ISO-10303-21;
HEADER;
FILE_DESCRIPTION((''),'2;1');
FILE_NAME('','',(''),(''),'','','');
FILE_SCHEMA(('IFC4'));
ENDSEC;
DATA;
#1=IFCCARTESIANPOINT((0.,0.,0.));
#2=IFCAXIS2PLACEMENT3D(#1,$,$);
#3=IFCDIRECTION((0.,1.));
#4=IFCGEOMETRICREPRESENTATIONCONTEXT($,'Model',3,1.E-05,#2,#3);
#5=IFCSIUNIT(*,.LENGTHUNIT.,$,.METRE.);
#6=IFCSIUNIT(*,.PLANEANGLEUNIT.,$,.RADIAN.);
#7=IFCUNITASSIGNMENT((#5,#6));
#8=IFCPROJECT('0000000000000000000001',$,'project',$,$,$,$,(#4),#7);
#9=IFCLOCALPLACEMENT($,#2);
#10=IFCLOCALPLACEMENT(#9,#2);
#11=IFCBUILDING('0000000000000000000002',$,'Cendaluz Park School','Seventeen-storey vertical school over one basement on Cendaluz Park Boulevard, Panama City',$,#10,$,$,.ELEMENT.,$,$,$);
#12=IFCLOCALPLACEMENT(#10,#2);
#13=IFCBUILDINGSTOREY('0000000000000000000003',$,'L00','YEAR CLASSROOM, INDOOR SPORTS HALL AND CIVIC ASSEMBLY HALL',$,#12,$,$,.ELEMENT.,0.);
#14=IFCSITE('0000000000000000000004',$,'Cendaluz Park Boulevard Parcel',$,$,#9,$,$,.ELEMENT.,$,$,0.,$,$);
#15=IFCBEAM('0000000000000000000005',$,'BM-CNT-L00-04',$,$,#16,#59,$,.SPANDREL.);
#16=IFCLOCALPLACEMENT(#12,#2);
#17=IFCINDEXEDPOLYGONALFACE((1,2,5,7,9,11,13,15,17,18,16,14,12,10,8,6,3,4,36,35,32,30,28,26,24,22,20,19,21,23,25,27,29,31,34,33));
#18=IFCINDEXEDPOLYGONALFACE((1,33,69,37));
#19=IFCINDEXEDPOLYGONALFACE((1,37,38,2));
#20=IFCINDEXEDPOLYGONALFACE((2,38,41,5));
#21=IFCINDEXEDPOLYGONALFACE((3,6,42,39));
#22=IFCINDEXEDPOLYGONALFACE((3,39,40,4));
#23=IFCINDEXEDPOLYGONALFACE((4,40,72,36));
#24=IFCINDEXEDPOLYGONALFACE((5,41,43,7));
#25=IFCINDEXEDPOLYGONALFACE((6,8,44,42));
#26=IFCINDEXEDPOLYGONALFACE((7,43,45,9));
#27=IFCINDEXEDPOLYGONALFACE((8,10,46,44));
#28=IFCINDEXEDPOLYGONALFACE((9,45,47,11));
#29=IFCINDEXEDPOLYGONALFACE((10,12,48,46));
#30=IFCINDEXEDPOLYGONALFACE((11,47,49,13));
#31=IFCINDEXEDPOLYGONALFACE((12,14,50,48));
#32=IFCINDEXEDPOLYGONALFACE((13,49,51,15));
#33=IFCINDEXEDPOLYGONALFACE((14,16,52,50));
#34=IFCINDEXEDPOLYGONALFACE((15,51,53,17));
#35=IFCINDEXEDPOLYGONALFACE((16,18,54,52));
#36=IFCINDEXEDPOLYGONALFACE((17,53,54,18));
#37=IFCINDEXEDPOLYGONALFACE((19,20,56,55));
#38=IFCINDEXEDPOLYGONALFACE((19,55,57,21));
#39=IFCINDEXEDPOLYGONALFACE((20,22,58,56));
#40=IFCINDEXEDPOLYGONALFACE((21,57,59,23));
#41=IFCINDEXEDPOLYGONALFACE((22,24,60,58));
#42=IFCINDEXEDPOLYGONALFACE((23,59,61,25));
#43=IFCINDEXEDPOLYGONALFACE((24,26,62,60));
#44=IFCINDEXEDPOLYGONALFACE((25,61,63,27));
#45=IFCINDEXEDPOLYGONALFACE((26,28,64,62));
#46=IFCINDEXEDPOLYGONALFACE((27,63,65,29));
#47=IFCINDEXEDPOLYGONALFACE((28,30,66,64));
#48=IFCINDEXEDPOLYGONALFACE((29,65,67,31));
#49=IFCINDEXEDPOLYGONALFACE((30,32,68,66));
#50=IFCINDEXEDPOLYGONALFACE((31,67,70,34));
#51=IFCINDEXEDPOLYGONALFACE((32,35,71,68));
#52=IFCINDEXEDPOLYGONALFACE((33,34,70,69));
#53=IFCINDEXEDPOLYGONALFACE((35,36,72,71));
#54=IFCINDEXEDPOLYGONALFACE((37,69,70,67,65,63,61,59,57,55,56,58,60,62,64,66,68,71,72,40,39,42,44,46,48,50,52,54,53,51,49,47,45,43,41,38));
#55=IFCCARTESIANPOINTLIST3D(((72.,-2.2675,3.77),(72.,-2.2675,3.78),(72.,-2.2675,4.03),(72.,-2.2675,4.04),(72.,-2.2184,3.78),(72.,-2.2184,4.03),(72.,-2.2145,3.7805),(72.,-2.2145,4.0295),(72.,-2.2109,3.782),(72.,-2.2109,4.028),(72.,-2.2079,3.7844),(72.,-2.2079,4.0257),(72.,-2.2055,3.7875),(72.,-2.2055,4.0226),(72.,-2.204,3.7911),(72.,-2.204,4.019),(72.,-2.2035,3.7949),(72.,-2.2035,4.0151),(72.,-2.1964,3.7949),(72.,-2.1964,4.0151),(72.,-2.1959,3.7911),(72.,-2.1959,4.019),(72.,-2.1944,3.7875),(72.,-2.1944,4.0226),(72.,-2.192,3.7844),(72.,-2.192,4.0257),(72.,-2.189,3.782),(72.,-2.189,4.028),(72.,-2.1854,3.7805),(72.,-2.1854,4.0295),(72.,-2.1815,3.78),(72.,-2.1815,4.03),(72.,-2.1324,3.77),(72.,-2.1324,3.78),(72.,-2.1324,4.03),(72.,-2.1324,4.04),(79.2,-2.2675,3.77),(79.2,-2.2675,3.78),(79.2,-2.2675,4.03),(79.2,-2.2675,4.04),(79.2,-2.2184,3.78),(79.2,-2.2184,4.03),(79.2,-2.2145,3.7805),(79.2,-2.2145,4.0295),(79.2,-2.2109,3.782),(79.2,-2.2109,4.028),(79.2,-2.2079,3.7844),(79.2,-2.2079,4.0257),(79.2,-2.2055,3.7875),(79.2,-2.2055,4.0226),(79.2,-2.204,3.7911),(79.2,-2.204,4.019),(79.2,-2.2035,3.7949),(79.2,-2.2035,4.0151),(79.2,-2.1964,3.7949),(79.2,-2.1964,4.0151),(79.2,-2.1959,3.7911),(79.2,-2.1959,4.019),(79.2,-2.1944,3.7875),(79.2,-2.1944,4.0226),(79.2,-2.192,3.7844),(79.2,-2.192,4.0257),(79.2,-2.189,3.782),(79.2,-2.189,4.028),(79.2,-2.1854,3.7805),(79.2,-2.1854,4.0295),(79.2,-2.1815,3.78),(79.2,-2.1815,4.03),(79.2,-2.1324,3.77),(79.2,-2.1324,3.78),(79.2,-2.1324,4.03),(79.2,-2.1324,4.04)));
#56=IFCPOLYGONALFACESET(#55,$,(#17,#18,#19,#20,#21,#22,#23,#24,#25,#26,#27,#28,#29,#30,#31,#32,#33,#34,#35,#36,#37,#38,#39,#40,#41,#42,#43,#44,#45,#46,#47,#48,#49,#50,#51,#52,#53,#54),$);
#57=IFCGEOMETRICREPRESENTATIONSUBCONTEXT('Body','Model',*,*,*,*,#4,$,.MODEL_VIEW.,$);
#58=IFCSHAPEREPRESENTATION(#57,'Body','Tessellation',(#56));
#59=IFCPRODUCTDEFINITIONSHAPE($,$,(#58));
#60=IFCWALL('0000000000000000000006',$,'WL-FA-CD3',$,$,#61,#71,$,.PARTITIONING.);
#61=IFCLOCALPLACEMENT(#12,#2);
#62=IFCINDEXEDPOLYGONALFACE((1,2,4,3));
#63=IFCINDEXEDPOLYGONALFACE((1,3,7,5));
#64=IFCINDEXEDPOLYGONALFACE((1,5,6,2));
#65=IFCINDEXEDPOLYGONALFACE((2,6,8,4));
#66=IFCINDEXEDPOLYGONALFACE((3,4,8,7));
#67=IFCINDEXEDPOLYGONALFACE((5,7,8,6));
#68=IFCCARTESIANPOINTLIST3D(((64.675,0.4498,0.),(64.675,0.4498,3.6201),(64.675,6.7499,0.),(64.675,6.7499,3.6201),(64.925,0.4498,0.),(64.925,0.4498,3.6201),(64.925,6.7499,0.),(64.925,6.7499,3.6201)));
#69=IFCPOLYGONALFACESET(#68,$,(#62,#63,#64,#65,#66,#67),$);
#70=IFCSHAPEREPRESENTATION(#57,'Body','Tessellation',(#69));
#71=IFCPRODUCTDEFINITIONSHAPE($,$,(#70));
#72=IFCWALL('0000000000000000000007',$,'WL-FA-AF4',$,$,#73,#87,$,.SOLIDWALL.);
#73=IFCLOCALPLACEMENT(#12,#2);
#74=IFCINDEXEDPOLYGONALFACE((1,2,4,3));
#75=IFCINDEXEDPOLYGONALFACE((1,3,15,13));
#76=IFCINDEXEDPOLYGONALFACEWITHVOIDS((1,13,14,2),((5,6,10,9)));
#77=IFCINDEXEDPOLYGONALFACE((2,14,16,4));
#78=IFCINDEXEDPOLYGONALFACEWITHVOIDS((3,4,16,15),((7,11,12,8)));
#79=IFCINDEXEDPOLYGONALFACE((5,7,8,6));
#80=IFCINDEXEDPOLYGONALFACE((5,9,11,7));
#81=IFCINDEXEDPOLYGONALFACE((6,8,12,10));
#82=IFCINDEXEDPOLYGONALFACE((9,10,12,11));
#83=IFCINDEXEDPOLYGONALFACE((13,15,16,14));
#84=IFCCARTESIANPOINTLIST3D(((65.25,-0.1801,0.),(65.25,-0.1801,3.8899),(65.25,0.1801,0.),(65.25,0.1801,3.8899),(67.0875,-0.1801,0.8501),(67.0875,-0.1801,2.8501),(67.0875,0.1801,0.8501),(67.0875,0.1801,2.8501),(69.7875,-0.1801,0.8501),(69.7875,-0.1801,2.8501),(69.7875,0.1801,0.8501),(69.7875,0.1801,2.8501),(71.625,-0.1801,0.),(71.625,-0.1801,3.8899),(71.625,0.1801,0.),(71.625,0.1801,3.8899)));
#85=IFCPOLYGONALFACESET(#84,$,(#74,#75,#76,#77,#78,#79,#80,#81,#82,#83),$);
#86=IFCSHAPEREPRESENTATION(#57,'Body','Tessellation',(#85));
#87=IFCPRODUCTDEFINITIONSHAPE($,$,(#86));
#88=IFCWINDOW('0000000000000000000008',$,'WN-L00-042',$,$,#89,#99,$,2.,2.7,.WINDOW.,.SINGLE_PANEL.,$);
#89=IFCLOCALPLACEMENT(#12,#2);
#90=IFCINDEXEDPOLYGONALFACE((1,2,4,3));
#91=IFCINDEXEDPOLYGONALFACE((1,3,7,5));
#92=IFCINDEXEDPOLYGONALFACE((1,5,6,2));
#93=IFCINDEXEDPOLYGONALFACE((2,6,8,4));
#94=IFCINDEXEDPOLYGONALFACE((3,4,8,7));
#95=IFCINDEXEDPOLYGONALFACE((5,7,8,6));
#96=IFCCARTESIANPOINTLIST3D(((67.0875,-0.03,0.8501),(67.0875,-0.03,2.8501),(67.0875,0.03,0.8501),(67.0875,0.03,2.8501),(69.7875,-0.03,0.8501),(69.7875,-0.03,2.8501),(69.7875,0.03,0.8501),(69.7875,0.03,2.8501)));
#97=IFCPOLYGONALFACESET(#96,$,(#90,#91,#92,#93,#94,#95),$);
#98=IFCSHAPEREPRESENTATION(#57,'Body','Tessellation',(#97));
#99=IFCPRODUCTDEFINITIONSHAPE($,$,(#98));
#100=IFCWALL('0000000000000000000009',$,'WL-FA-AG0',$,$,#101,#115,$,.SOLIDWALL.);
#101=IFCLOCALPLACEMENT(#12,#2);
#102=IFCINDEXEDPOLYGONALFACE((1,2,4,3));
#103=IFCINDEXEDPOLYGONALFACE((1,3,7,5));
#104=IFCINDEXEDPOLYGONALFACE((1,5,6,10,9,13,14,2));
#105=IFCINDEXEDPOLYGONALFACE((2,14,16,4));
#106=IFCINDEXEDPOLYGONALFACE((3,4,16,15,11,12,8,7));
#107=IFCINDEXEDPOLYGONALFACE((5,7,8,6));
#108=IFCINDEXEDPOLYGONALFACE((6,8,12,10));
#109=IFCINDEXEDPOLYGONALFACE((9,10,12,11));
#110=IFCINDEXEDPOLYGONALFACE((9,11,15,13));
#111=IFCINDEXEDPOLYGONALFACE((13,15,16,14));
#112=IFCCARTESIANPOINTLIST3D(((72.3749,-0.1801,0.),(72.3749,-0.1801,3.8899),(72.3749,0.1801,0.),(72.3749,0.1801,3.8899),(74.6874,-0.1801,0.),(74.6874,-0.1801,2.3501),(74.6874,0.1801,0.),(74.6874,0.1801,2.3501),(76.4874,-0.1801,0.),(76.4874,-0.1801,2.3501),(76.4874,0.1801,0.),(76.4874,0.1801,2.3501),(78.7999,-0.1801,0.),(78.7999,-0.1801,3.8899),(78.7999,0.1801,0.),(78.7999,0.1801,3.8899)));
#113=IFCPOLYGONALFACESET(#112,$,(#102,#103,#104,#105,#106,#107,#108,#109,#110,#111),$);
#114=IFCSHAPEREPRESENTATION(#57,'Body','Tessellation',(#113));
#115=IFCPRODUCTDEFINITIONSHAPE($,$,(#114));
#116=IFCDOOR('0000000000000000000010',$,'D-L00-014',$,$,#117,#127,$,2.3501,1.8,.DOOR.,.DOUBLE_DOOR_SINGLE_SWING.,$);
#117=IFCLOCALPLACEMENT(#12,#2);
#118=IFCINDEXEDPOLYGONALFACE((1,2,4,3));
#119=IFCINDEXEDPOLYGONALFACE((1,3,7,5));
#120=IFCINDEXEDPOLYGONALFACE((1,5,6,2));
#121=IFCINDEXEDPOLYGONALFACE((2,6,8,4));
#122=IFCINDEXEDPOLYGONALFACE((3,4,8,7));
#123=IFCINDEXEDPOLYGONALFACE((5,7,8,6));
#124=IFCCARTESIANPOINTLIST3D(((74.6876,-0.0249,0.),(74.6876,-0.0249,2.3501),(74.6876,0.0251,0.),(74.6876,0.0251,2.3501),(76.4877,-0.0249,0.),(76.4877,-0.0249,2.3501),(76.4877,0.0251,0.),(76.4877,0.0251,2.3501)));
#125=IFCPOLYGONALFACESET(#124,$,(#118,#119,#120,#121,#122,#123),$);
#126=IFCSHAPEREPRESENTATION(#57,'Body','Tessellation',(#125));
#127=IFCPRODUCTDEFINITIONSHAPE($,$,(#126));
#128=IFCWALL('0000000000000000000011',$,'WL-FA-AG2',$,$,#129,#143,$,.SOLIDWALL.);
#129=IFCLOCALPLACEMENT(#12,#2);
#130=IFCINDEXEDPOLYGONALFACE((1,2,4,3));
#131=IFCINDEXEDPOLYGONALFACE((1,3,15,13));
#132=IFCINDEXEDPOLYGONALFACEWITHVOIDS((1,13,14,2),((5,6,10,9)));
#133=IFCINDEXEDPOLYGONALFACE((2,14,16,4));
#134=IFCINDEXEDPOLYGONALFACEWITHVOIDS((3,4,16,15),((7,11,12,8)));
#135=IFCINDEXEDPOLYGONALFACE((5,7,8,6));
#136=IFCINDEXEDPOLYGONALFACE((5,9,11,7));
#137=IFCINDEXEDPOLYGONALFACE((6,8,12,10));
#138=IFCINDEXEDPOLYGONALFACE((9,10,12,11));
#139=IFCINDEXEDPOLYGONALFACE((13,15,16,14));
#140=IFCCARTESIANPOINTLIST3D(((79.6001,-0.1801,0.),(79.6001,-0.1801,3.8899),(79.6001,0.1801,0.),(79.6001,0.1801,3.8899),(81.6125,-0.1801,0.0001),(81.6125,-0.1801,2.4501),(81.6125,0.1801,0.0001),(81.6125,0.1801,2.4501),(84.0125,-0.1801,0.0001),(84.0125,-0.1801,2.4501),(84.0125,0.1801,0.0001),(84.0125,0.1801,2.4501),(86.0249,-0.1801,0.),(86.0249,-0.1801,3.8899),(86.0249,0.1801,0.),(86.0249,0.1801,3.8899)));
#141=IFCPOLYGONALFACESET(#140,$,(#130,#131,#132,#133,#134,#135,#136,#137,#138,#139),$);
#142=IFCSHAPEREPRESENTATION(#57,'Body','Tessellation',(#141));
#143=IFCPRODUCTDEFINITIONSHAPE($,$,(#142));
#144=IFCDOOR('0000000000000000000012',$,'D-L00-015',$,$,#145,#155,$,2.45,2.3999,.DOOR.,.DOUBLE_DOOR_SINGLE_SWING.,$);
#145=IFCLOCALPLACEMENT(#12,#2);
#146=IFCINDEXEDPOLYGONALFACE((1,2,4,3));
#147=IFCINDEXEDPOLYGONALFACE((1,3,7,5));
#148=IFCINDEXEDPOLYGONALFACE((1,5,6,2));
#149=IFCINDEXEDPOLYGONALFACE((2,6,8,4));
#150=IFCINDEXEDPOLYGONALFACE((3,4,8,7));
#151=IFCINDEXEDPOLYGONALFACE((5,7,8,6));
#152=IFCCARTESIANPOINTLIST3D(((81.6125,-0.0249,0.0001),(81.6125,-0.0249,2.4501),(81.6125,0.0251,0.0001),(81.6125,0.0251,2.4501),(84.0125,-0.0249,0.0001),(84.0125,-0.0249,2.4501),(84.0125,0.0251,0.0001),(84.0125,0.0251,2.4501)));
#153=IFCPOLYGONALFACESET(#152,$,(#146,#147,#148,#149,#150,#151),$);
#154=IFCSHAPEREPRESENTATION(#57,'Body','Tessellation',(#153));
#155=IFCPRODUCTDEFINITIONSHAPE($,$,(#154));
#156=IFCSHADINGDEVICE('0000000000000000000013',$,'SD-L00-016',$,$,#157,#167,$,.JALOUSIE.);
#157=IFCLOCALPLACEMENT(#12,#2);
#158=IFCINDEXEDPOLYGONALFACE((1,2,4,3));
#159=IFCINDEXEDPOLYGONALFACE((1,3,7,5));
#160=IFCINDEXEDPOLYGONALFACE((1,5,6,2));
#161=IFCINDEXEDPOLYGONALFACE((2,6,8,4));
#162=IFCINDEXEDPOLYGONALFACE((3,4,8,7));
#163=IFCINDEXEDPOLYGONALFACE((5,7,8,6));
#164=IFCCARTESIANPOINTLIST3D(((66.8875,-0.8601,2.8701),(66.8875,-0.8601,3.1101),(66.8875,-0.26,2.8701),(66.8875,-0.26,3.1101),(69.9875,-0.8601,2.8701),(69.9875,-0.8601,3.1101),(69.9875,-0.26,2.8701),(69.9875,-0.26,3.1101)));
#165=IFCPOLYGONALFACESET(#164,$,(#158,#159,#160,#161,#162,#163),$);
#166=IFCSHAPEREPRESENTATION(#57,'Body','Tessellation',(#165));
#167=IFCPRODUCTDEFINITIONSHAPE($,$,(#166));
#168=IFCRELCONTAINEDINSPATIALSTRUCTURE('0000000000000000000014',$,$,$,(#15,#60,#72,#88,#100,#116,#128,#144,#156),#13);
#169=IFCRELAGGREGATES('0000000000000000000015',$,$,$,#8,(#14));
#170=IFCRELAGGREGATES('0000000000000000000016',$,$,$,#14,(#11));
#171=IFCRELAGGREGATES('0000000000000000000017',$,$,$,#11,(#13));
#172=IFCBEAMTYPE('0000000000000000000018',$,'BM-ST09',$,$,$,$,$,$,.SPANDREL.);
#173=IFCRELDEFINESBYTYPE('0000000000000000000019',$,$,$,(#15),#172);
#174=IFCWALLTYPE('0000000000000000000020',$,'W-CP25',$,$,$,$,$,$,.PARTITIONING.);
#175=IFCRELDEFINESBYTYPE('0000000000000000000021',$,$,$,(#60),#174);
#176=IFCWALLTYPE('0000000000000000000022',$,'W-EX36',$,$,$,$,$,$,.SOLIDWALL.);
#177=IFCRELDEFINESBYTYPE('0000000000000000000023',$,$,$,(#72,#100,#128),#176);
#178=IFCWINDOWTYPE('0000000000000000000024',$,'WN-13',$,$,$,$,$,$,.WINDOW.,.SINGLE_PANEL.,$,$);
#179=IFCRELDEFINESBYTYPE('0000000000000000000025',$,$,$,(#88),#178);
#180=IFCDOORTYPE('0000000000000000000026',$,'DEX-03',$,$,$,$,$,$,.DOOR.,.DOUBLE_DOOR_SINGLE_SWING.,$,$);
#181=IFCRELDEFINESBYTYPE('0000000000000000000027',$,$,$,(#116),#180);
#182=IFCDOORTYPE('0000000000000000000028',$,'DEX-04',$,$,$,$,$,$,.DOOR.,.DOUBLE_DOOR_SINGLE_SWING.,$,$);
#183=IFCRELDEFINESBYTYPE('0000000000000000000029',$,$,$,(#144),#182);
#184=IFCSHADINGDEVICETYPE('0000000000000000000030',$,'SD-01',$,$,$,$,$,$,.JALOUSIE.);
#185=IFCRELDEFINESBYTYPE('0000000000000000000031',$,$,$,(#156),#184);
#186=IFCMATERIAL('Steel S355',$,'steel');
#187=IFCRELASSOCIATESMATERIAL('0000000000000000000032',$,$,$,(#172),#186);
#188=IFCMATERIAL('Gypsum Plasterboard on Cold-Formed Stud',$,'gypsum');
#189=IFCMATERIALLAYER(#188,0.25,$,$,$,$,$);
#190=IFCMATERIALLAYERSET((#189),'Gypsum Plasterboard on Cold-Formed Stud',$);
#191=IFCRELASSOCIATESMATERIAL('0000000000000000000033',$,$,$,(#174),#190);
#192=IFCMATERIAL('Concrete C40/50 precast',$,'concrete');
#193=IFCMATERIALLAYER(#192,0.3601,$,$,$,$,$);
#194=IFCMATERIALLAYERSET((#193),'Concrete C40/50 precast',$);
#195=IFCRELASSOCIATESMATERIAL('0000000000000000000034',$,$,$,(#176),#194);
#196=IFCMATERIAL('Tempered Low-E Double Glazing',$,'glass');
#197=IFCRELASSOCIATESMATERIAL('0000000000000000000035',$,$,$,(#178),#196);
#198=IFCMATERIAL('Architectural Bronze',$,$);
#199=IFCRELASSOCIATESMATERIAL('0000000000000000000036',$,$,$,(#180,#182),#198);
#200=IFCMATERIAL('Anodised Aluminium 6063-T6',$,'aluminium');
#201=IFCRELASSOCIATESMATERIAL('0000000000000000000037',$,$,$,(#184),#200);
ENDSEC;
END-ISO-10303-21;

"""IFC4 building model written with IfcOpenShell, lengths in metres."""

from ifc_helpers import new_model, si_unit, direction, frame, frame_2d, origin, origin_2d, place, context, subcontext, project, spatial, rectangle, i_section, extrude, material, layer, layer_set, material_profile, profile_set, type_object, element, fill, save


model = new_model("IFC4")

# Units and contexts
model_context = context("Model", 3, precision=1e-05, world=origin(), true_north=direction((0.0, 1.0)))
body_context = subcontext(model_context, "Body", "Model", "MODEL_VIEW")
ifc_project = project(units=[si_unit("LENGTHUNIT", "METRE"), si_unit("PLANEANGLEUNIT", "RADIAN")], contexts=[model_context])

# Site, building, storey
site_placement = place(None, origin())
site = spatial("IfcSite", under=ifc_project, at=site_placement, Name="Cendaluz Park Boulevard Parcel", CompositionType="ELEMENT", RefElevation=0.0)
building_placement = place(site_placement, origin())
building = spatial("IfcBuilding", under=site, at=building_placement, Name="Cendaluz Park School", Description="Seventeen-storey vertical school over one basement on Cendaluz Park Boulevard, Panama City", CompositionType="ELEMENT")
storey_placement = place(building_placement, origin())
storey = spatial("IfcBuildingStorey", under=building, at=storey_placement, Name="L00", Description="YEAR CLASSROOM, INDOOR SPORTS HALL AND CIVIC ASSEMBLY HALL", CompositionType="ELEMENT", Elevation=0.0)

# Beam
ifc_material_1 = material(Name="Steel S355", Category="steel")
ifc_material_profile_1 = material_profile(ifc_material_1, i_section(OverallWidth=0.135, OverallDepth=0.27, WebThickness=0.0071, FlangeThickness=0.01, FilletRadius=0.0149, at=origin_2d()), Name="IPE 270", Category="steel")
ifc_profile_set_1 = profile_set([ifc_material_profile_1], Name="Steel S355")
beam_type_1 = type_object("IfcBeamType", Name="BM-ST09", PredefinedType="SPANDREL", material=ifc_profile_set_1)
for number, where, z_axis, x_axis, name in (
    (1, (72.0, -2.2, 3.905), (1.0, 0.0, 0.0), (0.0, 1.0, 0.0), "BM-CNT-L00-04"),
):
    element("IfcBeam", number, at=place(storey_placement, frame(where, z_axis=z_axis, x_axis=x_axis)), inside=storey, type_object=beam_type_1, Name=name, PredefinedType="SPANDREL", context=body_context, shape_type="SweptSolid", body=[
        extrude(i_section(OverallWidth=0.135, OverallDepth=0.27, WebThickness=0.0071, FlangeThickness=0.01, FilletRadius=0.0149, at=origin_2d()), origin(), (0.0, 0.0, 1.0), 7.2),
    ])

# Wall
ifc_material_2 = material(Name="Gypsum Plasterboard on Cold-Formed Stud", Category="gypsum")
ifc_layer_1 = layer(ifc_material_2, 0.25)
ifc_layer_set_1 = layer_set([ifc_layer_1], Name="Gypsum Plasterboard on Cold-Formed Stud")
wall_type_1 = type_object("IfcWallType", Name="W-CP25", PredefinedType="PARTITIONING", material=ifc_layer_set_1)
wall_1_placement = place(storey_placement, frame((64.8, 0.45, 0.0), z_axis=(0.0, 0.0, 1.0), x_axis=(0.0, 1.0, 0.0)))
element("IfcWall", 2, at=wall_1_placement, inside=storey, type_object=wall_type_1, Name="WL-FA-CD3", PredefinedType="PARTITIONING", context=body_context, shape_type="SweptSolid", body=[
    extrude(rectangle(XDim=6.3, YDim=0.25, at=frame_2d((3.1499, 0.0))), origin(), (0.0, 0.0, 1.0), 3.6201),
])

# Wall, opening, window
ifc_material_3 = material(Name="Concrete C40/50 precast", Category="concrete")
ifc_layer_2 = layer(ifc_material_3, 0.3601)
ifc_layer_set_2 = layer_set([ifc_layer_2], Name="Concrete C40/50 precast")
wall_type_2 = type_object("IfcWallType", Name="W-EX36", PredefinedType="SOLIDWALL", material=ifc_layer_set_2)
wall_2_placement = place(storey_placement, frame((65.25, 0.0, 0.0), z_axis=(0.0, 0.0, 1.0), x_axis=(1.0, 0.0, 0.0)))
wall_2 = element("IfcWall", 3, at=wall_2_placement, inside=storey, type_object=wall_type_2, Name="WL-FA-AF4", PredefinedType="SOLIDWALL", context=body_context, shape_type="SweptSolid", body=[
    extrude(rectangle(XDim=6.375, YDim=0.3601, at=frame_2d((3.1875, 0.0))), origin(), (0.0, 0.0, 1.0), 3.8899),
])
opening_1_placement = place(wall_2_placement, frame((1.8374, 0.0, 0.8501)))
opening_1 = element("IfcOpeningElement", 4, at=opening_1_placement, cuts=wall_2, PredefinedType="OPENING", context=body_context, shape_type="SweptSolid", body=[
    extrude(rectangle(XDim=2.7, YDim=2.0, at=frame_2d((1.3501, 1.0))), frame((0.0, 0.1921, 0.0), z_axis=(0.0, -1.0, 0.0), x_axis=(1.0, 0.0, 0.0)), (0.0, 0.0, 1.0), 0.384),
])
ifc_material_4 = material(Name="Tempered Low-E Double Glazing", Category="glass")
window_type = type_object("IfcWindowType", Name="WN-13", PartitioningType="SINGLE_PANEL", PredefinedType="WINDOW", material=ifc_material_4)
window_placement = place(opening_1_placement, origin())
window = element("IfcWindow", 5, at=window_placement, inside=storey, type_object=window_type, Name="WN-L00-042", OverallHeight=2.0, OverallWidth=2.7, PartitioningType="SINGLE_PANEL", PredefinedType="WINDOW", context=body_context, shape_type="SweptSolid", body=[
    extrude(rectangle(XDim=2.7, YDim=2.0, at=frame_2d((1.3501, 1.0))), frame((0.0, 0.03, 0.0), z_axis=(0.0, -1.0, 0.0), x_axis=(1.0, 0.0, 0.0)), (0.0, 0.0, 1.0), 0.0601),
])
fill(opening_1, window)

# Walls, openings, doors
wall_3_placement = place(storey_placement, frame((72.375, 0.0, 0.0), z_axis=(0.0, 0.0, 1.0), x_axis=(1.0, 0.0, 0.0)))
wall_3 = element("IfcWall", 6, at=wall_3_placement, inside=storey, type_object=wall_type_2, Name="WL-FA-AG0", PredefinedType="SOLIDWALL", context=body_context, shape_type="SweptSolid", body=[
    extrude(rectangle(XDim=6.425, YDim=0.3601, at=frame_2d((3.2124, 0.0))), origin(), (0.0, 0.0, 1.0), 3.8899),
])
opening_2_placement = place(wall_3_placement, frame((2.3125, 0.0, 0.0)))
opening_2 = element("IfcOpeningElement", 7, at=opening_2_placement, cuts=wall_3, PredefinedType="OPENING", context=body_context, shape_type="SweptSolid", body=[
    extrude(rectangle(XDim=1.8, YDim=2.3501, at=frame_2d((0.8999, 1.175))), frame((0.0, 0.1921, 0.0), z_axis=(0.0, -1.0, 0.0), x_axis=(1.0, 0.0, 0.0)), (0.0, 0.0, 1.0), 0.384),
])
ifc_material_5 = material(Name="Architectural Bronze")
door_type_1 = type_object("IfcDoorType", Name="DEX-03", OperationType="DOUBLE_DOOR_SINGLE_SWING", PredefinedType="DOOR", material=ifc_material_5)
door_1_placement = place(opening_2_placement, frame((1.8, 0.0, 0.0), z_axis=(0.0, 0.0, 1.0), x_axis=(-1.0, 0.0, 0.0)))
door_1 = element("IfcDoor", 8, at=door_1_placement, inside=storey, type_object=door_type_1, Name="D-L00-014", OperationType="DOUBLE_DOOR_SINGLE_SWING", OverallHeight=2.3501, OverallWidth=1.8, PredefinedType="DOOR", context=body_context, shape_type="SweptSolid", body=[
    extrude(rectangle(XDim=1.8, YDim=2.3501, at=frame_2d((0.8999, 1.175))), frame((0.0, 0.0249, 0.0), z_axis=(0.0, -1.0, 0.0), x_axis=(1.0, 0.0, 0.0)), (0.0, 0.0, 1.0), 0.05),
])
fill(opening_2, door_1)
wall_4_placement = place(storey_placement, frame((79.6001, 0.0, 0.0), z_axis=(0.0, 0.0, 1.0), x_axis=(1.0, 0.0, 0.0)))
wall_4 = element("IfcWall", 9, at=wall_4_placement, inside=storey, type_object=wall_type_2, Name="WL-FA-AG2", PredefinedType="SOLIDWALL", context=body_context, shape_type="SweptSolid", body=[
    extrude(rectangle(XDim=6.4248, YDim=0.3601, at=frame_2d((3.2124, 0.0))), origin(), (0.0, 0.0, 1.0), 3.8899),
])
opening_3_placement = place(wall_4_placement, frame((2.0125, 0.0, 0.0)))
opening_3 = element("IfcOpeningElement", 10, at=opening_3_placement, cuts=wall_4, PredefinedType="OPENING", context=body_context, shape_type="SweptSolid", body=[
    extrude(rectangle(XDim=2.3999, YDim=2.45, at=frame_2d((1.2, 1.2251))), frame((0.0, 0.1921, 0.0), z_axis=(0.0, -1.0, 0.0), x_axis=(1.0, 0.0, 0.0)), (0.0, 0.0, 1.0), 0.384),
])
door_type_2 = type_object("IfcDoorType", Name="DEX-04", OperationType="DOUBLE_DOOR_SINGLE_SWING", PredefinedType="DOOR", material=ifc_material_5)
door_2_placement = place(opening_3_placement, frame((2.3999, 0.0, 0.0), z_axis=(0.0, 0.0, 1.0), x_axis=(-1.0, 0.0, 0.0)))
door_2 = element("IfcDoor", 11, at=door_2_placement, inside=storey, type_object=door_type_2, Name="D-L00-015", OperationType="DOUBLE_DOOR_SINGLE_SWING", OverallHeight=2.45, OverallWidth=2.3999, PredefinedType="DOOR", context=body_context, shape_type="SweptSolid", body=[
    extrude(rectangle(XDim=2.3999, YDim=2.45, at=frame_2d((1.2, 1.2251))), frame((0.0, 0.0249, 0.0), z_axis=(0.0, -1.0, 0.0), x_axis=(1.0, 0.0, 0.0)), (0.0, 0.0, 1.0), 0.05),
])
fill(opening_3, door_2)

# Shading device
ifc_material_6 = material(Name="Anodised Aluminium 6063-T6", Category="aluminium")
shading_device_type = type_object("IfcShadingDeviceType", Name="SD-01", PredefinedType="JALOUSIE", material=ifc_material_6)
shading_device_placement = place(storey_placement, frame((68.4375, -0.5601, 2.8701), z_axis=(0.0, 0.0, 1.0), x_axis=(1.0, 0.0, 0.0)))
element("IfcShadingDevice", 12, at=shading_device_placement, inside=storey, type_object=shading_device_type, Name="SD-L00-016", PredefinedType="JALOUSIE", context=body_context, shape_type="SweptSolid", body=[
    extrude(rectangle(XDim=3.1001, YDim=0.6001, at=origin_2d()), origin(), (0.0, 0.0, 1.0), 0.24),
])

save(model, "model.ifc")
